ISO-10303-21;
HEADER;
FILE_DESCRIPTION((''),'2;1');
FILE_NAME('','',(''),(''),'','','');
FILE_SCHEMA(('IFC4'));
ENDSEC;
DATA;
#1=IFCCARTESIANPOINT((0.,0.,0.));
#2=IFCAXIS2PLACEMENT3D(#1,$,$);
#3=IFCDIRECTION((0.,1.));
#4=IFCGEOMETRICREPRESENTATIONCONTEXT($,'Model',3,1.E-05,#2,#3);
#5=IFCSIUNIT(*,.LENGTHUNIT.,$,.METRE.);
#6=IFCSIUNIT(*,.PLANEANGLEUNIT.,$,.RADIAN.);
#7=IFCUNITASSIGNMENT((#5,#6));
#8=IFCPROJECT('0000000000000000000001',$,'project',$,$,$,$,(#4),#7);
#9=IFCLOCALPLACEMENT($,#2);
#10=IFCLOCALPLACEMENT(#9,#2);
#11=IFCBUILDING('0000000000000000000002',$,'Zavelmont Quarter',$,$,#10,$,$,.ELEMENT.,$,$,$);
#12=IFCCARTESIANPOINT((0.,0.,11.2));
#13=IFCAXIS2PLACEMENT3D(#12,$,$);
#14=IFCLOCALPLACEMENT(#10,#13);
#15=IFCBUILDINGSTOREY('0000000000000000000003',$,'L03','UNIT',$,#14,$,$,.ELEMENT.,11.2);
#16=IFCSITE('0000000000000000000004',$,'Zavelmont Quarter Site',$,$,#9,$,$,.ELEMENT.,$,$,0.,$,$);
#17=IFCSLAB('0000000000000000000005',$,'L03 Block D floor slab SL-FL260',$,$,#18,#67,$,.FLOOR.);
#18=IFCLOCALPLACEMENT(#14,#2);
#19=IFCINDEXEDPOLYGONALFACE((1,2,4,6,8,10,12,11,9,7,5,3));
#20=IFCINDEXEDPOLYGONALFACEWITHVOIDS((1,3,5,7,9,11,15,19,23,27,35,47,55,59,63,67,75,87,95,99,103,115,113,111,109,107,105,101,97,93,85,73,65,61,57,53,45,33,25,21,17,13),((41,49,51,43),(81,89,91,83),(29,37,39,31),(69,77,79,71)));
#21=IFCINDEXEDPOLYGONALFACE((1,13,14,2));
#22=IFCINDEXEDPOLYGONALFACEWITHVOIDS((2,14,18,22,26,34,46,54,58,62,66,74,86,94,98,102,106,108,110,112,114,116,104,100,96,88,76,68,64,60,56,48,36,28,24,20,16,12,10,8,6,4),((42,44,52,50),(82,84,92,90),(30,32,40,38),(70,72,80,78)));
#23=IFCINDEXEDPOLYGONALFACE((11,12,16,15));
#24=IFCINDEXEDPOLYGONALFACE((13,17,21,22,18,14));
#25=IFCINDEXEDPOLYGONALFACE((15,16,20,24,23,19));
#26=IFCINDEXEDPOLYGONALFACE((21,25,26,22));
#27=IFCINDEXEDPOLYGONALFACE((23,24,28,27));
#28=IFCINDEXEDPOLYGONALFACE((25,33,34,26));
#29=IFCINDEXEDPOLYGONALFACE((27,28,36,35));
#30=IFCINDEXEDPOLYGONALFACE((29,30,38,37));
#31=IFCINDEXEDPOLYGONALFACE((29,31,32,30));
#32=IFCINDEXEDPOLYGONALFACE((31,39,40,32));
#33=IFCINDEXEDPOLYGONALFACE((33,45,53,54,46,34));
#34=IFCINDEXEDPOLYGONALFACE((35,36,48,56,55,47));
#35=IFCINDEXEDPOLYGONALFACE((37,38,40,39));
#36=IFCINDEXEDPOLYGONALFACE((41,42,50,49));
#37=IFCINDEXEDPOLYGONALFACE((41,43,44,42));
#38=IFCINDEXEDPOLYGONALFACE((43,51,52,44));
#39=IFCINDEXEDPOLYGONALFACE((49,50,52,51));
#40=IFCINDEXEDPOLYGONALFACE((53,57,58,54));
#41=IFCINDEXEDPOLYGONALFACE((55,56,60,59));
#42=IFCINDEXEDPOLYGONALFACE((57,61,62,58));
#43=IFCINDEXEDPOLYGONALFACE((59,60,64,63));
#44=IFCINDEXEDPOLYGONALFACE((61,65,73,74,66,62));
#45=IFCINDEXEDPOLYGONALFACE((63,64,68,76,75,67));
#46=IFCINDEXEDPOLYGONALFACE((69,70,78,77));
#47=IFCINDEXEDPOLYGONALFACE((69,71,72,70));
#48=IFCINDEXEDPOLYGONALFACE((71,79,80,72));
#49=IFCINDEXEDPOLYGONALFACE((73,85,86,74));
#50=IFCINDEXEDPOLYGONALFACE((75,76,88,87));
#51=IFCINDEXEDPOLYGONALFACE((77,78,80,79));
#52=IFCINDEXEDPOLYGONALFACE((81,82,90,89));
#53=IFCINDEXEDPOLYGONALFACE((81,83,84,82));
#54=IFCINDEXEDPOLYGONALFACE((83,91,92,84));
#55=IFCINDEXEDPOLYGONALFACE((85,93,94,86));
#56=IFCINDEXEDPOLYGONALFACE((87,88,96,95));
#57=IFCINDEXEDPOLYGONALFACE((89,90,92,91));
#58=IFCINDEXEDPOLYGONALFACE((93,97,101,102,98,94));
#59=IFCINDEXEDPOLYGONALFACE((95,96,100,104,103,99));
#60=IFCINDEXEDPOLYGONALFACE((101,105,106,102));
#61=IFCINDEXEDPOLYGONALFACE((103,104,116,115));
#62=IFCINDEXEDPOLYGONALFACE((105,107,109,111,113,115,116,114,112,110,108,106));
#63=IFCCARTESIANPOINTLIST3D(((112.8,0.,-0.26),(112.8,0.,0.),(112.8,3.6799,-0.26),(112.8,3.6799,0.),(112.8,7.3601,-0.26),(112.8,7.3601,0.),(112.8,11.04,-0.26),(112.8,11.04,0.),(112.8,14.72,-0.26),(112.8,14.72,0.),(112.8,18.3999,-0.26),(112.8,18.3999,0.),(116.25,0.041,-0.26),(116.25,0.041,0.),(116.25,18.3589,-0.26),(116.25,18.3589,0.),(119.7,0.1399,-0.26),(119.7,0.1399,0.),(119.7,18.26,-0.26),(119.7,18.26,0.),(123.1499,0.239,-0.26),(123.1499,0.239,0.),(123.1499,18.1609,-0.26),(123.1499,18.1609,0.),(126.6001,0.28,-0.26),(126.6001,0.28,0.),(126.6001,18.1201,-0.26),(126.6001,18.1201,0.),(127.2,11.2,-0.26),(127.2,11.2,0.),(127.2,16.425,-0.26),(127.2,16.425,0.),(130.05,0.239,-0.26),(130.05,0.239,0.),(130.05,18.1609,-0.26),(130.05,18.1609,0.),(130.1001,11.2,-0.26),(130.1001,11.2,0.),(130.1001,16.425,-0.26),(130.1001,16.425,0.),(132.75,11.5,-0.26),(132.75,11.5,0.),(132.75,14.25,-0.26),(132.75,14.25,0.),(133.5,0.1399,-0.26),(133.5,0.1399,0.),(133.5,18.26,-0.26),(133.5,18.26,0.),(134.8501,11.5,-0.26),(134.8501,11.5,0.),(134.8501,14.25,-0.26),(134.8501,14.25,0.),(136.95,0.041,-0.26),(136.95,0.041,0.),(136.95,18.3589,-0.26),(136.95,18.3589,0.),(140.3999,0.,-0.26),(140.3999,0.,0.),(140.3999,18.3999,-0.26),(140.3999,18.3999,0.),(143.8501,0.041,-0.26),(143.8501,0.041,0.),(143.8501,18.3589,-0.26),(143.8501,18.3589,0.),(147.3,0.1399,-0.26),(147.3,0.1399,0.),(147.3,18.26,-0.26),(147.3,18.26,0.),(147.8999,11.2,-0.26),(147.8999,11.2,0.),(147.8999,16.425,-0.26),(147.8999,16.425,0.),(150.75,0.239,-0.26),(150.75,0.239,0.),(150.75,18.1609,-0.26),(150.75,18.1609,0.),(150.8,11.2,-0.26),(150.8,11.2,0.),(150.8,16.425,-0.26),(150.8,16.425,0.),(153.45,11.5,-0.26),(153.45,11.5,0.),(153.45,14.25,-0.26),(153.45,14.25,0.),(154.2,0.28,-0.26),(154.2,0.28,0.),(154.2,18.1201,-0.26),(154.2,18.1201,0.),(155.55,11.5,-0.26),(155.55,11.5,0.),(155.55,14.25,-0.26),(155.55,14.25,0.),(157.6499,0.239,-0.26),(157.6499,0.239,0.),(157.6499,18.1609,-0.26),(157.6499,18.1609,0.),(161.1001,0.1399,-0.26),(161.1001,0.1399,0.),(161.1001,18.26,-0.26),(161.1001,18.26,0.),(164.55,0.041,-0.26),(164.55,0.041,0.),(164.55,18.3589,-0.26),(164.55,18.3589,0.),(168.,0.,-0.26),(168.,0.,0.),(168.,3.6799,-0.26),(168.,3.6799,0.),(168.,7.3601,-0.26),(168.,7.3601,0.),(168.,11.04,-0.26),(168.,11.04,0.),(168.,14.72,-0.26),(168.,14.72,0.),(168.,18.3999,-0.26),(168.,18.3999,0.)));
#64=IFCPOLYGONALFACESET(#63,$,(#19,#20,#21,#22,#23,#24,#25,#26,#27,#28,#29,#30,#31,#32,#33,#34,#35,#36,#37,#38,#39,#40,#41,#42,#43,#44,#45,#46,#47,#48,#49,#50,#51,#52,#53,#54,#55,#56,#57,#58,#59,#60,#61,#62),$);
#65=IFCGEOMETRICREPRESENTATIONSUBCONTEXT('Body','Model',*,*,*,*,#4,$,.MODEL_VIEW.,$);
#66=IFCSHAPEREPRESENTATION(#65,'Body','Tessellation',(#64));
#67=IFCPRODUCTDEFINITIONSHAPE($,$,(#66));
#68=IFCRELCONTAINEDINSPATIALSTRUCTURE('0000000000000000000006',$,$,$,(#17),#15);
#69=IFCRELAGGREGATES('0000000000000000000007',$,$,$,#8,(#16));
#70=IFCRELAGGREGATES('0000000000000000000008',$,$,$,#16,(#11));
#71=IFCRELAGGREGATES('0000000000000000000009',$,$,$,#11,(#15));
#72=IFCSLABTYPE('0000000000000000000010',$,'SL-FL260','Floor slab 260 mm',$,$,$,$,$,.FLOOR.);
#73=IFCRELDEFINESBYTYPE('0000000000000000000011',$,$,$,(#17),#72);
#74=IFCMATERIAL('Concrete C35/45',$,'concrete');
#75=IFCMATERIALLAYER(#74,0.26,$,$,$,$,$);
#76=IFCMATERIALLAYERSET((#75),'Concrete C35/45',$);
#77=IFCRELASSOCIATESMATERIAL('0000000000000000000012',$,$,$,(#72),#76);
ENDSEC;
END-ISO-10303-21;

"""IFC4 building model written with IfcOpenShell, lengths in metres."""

from ifc_helpers import new_model, si_unit, direction, frame, origin, place, context, subcontext, project, spatial, polyline, outline, extrude, material, layer, layer_set, type_object, element, save


model = new_model("IFC4")

# Units and contexts
model_context = context("Model", 3, precision=1e-05, world=origin(), true_north=direction((0.0, 1.0)))
body_context = subcontext(model_context, "Body", "Model", "MODEL_VIEW")
ifc_project = project(units=[si_unit("LENGTHUNIT", "METRE"), si_unit("PLANEANGLEUNIT", "RADIAN")], contexts=[model_context])

# Site, building, storey
site_placement = place(None, origin())
site = spatial("IfcSite", under=ifc_project, at=site_placement, Name="Zavelmont Quarter Site", CompositionType="ELEMENT", RefElevation=0.0)
building_placement = place(site_placement, origin())
building = spatial("IfcBuilding", under=site, at=building_placement, Name="Zavelmont Quarter", CompositionType="ELEMENT")
storey_placement = place(building_placement, frame((0.0, 0.0, 11.2)))
storey = spatial("IfcBuildingStorey", under=building, at=storey_placement, Name="L03", Description="UNIT", CompositionType="ELEMENT", Elevation=11.2)

# Slab
ifc_material_1 = material(Name="Concrete C35/45", Category="concrete")
ifc_layer_1 = layer(ifc_material_1, 0.26)
ifc_layer_set_1 = layer_set([ifc_layer_1], Name="Concrete C35/45")
slab_type_1 = type_object("IfcSlabType", Name="SL-FL260", Description="Floor slab 260 mm", PredefinedType="FLOOR", material=ifc_layer_set_1)
slab_1_placement = place(storey_placement, frame((0.0, 0.0, -0.26)))
element("IfcSlab", 1, at=slab_1_placement, inside=storey, type_object=slab_type_1, Name="L03 Block D floor slab SL-FL260", PredefinedType="FLOOR", context=body_context, shape_type="SweptSolid", body=[
    extrude(outline(polyline([(112.8, 0.0), (116.25, 0.041), (119.7, 0.1399), (123.1499, 0.239), (126.6001, 0.28), (130.05, 0.239), (133.5, 0.1399), (136.95, 0.041), (140.3999, 0.0), (143.8501, 0.041), (147.3, 0.1399), (150.75, 0.239), (154.2, 0.28), (157.6499, 0.239), (161.1001, 0.1399), (164.55, 0.041), (168.0, 0.0), (168.0, 3.6799), (168.0, 7.3601), (168.0, 11.04), (168.0, 14.72), (168.0, 18.3999), (164.55, 18.3589), (161.1001, 18.26), (157.6499, 18.1609), (154.2, 18.1201), (150.75, 18.1609), (147.3, 18.26), (143.8501, 18.3589), (140.3999, 18.3999), (136.95, 18.3589), (133.5, 18.26), (130.05, 18.1609), (126.6001, 18.1201), (123.1499, 18.1609), (119.7, 18.26), (116.25, 18.3589), (112.8, 18.3999), (112.8, 14.72), (112.8, 11.04), (112.8, 7.3601), (112.8, 3.6799), (112.8, 0.0)]), holes=[polyline([(127.2, 16.425), (127.2, 11.2), (130.1001, 11.2), (130.1001, 16.425), (127.2, 16.425)]), polyline([(132.75, 11.5), (134.8501, 11.5), (134.8501, 14.25), (132.75, 14.25), (132.75, 11.5)]), polyline([(147.8999, 16.425), (147.8999, 11.2), (150.8, 11.2), (150.8, 16.425), (147.8999, 16.425)]), polyline([(153.45, 11.5), (155.55, 11.5), (155.55, 14.25), (153.45, 14.25), (153.45, 11.5)])]), origin(), (0.0, 0.0, 1.0), 0.26),
])

save(model, "model.ifc")
